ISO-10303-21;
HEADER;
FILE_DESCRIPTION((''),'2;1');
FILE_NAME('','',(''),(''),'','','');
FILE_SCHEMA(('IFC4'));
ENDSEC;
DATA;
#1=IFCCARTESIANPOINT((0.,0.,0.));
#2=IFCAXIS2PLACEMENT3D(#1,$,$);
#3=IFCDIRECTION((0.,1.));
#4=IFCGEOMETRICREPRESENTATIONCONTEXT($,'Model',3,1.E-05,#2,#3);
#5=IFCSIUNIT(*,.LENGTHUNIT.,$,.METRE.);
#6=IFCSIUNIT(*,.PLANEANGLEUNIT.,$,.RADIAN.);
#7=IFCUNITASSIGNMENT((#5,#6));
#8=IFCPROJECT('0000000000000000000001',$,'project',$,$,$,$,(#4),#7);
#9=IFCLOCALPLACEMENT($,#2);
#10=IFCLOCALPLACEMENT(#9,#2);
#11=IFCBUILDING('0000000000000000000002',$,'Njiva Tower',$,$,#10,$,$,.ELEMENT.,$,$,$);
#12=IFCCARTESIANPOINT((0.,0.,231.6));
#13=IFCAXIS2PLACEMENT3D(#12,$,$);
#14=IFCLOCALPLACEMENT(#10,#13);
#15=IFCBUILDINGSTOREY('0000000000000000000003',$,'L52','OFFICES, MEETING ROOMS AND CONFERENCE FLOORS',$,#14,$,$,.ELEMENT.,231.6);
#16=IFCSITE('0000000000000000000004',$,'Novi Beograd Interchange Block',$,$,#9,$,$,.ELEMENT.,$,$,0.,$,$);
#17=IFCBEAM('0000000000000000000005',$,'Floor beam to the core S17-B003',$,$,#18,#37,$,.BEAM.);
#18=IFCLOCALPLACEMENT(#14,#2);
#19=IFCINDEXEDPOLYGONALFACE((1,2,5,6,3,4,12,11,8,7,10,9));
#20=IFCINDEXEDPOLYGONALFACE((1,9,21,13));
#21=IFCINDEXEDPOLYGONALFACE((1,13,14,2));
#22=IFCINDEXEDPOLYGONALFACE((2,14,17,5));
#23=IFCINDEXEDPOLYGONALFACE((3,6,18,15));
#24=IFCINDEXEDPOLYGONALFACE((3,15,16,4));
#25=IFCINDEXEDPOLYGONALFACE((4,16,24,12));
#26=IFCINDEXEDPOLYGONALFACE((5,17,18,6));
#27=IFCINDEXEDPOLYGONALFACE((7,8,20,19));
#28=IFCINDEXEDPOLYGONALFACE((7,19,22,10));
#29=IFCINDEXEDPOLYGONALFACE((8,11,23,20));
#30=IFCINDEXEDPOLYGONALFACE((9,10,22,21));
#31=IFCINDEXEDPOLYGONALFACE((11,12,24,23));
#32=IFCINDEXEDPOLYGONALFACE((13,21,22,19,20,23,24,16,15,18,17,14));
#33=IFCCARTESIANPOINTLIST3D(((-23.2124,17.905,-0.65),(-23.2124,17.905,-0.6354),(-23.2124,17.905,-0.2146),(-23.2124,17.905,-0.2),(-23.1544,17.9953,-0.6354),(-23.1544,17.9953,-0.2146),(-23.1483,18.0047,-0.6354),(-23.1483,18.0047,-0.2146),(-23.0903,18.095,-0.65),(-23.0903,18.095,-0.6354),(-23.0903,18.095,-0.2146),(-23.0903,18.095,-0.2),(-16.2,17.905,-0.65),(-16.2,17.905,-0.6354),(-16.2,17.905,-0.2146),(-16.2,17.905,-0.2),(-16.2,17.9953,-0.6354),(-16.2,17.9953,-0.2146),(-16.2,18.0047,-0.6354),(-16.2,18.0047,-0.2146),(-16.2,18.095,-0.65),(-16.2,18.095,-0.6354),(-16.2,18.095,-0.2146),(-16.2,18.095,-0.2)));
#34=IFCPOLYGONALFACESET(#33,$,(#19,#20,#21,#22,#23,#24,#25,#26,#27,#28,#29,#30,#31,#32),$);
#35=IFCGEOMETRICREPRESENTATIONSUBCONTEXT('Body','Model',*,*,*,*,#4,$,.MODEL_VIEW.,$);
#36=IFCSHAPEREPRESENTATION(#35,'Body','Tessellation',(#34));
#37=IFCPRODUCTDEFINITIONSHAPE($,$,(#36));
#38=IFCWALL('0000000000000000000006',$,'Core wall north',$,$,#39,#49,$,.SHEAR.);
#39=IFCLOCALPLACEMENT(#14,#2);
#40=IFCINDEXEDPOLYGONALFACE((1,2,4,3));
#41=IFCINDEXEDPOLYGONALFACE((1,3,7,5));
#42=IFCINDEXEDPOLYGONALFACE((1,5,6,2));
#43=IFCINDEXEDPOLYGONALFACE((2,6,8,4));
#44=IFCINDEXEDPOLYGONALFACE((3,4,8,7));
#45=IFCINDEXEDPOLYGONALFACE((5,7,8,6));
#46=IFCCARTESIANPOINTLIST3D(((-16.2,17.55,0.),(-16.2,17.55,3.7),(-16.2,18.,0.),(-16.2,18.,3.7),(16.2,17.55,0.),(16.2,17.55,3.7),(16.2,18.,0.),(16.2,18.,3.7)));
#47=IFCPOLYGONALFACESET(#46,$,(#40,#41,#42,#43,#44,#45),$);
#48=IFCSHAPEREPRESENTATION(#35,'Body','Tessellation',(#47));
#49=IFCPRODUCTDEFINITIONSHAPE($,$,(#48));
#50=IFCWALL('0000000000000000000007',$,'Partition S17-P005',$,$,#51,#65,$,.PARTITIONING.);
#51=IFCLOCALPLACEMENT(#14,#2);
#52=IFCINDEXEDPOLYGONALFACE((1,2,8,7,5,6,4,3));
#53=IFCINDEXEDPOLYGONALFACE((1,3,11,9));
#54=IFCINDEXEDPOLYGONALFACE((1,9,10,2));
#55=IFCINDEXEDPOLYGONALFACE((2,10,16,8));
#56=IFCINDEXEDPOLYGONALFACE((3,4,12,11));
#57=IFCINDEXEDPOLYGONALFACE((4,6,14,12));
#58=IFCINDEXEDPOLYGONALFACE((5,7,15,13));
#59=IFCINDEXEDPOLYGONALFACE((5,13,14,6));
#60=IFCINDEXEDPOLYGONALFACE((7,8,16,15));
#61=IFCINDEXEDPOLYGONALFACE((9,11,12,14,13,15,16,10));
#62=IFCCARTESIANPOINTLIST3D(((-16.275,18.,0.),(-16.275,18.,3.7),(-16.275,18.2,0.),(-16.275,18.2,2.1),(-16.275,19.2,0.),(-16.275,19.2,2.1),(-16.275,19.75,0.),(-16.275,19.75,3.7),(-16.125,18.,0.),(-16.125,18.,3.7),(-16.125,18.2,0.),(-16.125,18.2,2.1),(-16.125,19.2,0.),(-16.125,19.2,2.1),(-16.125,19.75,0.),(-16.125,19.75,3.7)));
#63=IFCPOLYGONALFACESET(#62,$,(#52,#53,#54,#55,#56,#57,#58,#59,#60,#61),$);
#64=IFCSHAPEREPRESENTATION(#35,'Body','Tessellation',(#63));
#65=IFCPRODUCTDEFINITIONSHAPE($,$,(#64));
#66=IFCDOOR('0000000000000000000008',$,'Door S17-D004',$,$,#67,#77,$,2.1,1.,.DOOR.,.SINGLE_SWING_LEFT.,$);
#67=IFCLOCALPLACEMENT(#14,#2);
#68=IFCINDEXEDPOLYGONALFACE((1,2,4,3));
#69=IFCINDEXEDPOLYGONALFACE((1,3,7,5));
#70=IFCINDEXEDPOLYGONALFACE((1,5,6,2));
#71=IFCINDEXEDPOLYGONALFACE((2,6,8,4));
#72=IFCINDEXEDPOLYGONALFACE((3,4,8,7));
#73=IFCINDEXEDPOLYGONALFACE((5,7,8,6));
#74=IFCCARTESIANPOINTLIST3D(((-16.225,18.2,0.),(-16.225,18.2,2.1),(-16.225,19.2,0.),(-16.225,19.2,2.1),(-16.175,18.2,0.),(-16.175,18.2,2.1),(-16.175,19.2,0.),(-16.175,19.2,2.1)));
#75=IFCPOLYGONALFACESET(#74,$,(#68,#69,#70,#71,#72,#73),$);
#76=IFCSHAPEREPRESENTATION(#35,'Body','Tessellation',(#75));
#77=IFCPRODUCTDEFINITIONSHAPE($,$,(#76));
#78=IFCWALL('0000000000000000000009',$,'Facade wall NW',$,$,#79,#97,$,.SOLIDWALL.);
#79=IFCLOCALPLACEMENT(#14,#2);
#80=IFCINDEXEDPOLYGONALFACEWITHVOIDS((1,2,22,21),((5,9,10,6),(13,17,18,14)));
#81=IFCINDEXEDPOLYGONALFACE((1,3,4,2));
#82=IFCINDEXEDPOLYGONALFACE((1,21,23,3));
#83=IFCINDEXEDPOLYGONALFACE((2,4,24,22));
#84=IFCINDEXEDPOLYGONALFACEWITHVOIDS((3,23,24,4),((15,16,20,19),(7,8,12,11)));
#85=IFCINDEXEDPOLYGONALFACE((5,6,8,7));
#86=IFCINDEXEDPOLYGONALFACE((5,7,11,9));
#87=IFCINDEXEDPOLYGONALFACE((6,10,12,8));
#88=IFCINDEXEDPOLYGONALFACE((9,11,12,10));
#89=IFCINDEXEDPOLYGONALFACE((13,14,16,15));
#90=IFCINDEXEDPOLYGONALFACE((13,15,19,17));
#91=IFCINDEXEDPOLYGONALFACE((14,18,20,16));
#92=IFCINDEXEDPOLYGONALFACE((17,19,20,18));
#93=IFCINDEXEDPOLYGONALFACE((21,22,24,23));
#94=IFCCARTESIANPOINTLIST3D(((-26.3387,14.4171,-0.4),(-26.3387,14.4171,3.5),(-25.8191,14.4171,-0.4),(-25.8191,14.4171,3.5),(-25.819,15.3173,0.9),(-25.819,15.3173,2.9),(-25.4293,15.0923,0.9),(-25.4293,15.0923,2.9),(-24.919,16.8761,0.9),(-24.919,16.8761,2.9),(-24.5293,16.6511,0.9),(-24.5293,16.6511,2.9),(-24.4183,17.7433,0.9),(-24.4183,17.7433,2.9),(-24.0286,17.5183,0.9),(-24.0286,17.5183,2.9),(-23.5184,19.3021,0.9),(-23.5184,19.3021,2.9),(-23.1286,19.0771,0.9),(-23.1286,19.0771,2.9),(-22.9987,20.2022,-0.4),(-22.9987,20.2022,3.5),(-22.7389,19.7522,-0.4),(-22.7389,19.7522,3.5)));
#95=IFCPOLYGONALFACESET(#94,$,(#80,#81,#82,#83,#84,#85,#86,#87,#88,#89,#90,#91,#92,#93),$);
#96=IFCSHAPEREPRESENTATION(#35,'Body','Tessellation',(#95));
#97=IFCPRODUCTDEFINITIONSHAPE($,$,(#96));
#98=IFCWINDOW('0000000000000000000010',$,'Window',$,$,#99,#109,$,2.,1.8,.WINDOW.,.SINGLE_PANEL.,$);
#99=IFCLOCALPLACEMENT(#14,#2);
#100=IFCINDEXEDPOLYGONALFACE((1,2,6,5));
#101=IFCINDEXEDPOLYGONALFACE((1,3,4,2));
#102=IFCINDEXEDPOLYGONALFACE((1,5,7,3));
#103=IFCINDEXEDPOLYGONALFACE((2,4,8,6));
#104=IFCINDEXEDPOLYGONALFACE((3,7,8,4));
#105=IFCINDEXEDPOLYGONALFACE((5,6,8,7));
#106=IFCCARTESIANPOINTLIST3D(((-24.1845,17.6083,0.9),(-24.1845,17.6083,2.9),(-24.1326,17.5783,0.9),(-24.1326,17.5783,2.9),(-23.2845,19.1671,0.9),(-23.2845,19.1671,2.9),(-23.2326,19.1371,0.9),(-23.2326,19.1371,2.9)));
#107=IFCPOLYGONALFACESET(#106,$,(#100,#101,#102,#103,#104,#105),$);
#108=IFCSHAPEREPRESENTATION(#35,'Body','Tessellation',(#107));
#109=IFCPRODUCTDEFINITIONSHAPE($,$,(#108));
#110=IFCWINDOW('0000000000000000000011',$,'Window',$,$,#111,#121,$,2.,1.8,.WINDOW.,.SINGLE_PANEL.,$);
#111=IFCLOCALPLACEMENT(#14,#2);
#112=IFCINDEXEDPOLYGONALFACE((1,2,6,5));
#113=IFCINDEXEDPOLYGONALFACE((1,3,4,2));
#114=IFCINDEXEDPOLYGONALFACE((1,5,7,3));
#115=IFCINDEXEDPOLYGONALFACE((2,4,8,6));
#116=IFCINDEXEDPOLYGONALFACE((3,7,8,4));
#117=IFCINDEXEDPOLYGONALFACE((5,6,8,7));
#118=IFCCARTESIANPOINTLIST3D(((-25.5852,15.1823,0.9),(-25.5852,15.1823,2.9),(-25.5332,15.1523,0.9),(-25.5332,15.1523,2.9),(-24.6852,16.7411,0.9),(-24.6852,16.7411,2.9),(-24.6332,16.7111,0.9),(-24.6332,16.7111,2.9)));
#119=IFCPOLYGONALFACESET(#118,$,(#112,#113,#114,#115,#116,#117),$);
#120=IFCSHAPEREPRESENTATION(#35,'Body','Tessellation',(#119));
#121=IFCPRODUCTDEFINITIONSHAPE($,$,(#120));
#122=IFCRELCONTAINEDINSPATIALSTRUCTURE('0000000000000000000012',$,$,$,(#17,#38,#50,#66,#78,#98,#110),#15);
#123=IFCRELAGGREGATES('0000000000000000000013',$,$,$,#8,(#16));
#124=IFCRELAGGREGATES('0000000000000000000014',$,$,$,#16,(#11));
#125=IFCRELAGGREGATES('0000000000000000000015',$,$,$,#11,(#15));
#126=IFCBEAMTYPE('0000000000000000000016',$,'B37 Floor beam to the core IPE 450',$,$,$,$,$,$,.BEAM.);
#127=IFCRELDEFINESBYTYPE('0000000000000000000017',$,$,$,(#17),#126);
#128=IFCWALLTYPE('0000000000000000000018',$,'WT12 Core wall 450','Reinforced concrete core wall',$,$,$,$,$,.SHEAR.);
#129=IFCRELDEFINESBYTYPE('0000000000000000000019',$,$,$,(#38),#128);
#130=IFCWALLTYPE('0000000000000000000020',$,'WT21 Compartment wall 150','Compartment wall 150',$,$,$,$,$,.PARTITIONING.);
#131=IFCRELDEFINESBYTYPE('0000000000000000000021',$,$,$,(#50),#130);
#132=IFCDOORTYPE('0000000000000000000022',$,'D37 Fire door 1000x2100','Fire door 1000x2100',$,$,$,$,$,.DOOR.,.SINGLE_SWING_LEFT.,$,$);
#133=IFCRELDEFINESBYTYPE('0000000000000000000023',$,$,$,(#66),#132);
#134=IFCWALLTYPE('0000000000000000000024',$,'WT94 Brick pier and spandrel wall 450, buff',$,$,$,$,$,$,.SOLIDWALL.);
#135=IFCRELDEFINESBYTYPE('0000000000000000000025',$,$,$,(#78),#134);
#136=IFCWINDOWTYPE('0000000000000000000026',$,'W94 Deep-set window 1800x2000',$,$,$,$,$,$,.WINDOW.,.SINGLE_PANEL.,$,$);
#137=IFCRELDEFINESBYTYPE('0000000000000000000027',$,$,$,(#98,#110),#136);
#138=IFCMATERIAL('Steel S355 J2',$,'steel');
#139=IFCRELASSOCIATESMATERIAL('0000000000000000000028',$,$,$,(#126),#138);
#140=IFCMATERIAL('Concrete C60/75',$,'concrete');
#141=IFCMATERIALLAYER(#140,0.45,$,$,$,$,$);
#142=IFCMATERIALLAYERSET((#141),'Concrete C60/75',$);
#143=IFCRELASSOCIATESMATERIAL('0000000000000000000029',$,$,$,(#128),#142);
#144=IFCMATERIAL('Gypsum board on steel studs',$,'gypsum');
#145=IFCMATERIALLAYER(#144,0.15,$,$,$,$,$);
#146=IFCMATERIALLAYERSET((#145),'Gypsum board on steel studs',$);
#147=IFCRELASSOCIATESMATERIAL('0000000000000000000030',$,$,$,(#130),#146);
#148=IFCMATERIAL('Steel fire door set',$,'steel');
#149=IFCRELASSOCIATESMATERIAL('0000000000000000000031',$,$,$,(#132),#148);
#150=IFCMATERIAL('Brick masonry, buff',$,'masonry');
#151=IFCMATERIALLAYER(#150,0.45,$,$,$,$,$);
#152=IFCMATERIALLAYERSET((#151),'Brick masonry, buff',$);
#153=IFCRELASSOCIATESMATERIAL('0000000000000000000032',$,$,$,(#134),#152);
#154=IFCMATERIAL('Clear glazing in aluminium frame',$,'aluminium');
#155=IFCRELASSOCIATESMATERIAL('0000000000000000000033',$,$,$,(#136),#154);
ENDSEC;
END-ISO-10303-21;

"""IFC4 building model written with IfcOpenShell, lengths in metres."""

from ifc_helpers import new_model, si_unit, direction, frame, frame_2d, origin, origin_2d, place, context, subcontext, project, spatial, polyline, rectangle, i_section, outline, extrude, clip, halfspace, material, layer, layer_set, material_profile, profile_set, type_object, element, fill, save


model = new_model("IFC4")

# Units and contexts
model_context = context("Model", 3, precision=1e-05, world=origin(), true_north=direction((0.0, 1.0)))
body_context = subcontext(model_context, "Body", "Model", "MODEL_VIEW")
ifc_project = project(units=[si_unit("LENGTHUNIT", "METRE"), si_unit("PLANEANGLEUNIT", "RADIAN")], contexts=[model_context])

# Site, building, storey
site_placement = place(None, origin())
site = spatial("IfcSite", under=ifc_project, at=site_placement, Name="Novi Beograd Interchange Block", CompositionType="ELEMENT", RefElevation=0.0)
building_placement = place(site_placement, origin())
building = spatial("IfcBuilding", under=site, at=building_placement, Name="Njiva Tower", CompositionType="ELEMENT")
storey_placement = place(building_placement, frame((0.0, 0.0, 231.6)))
storey = spatial("IfcBuildingStorey", under=building, at=storey_placement, Name="L52", Description="OFFICES, MEETING ROOMS AND CONFERENCE FLOORS", CompositionType="ELEMENT", Elevation=231.6)

# Shared definitions
ifc_material_1 = material(Name="Steel S355 J2", Category="steel")

# Beam
ifc_material_profile_1 = material_profile(ifc_material_1, i_section(OverallWidth=0.19, OverallDepth=0.45, WebThickness=0.0094, FlangeThickness=0.0146, at=origin_2d()), Name="IPE 450")
ifc_profile_set_1 = profile_set([ifc_material_profile_1], Name="Steel S355 J2")
beam_type_1 = type_object("IfcBeamType", Name="B37 Floor beam to the core IPE 450", PredefinedType="BEAM", material=ifc_profile_set_1)
beam_1_placement = place(storey_placement, frame((-23.232, 18.0, -0.425), z_axis=(1.0, 0.0, 0.0), x_axis=(0.0, 1.0, 0.0)))
element("IfcBeam", 1, at=beam_1_placement, inside=storey, type_object=beam_type_1, Name="Floor beam to the core S17-B003", PredefinedType="BEAM", context=body_context, shape_type="Clipping", body=[
    clip(extrude(i_section(OverallWidth=0.19, OverallDepth=0.45, WebThickness=0.0094, FlangeThickness=0.0146, at=origin_2d()), origin(), (0.0, 0.0, 1.0), 7.032), halfspace(frame((0.027, 0.0, 0.098), z_axis=(0.540539, 0.0, -0.841319), x_axis=(0.0, -1.0, 0.0)), False)),
])

# Wall
ifc_material_2 = material(Name="Concrete C60/75", Category="concrete")
ifc_layer_1 = layer(ifc_material_2, 0.45)
ifc_layer_set_1 = layer_set([ifc_layer_1], Name="Concrete C60/75")
wall_type_1 = type_object("IfcWallType", Name="WT12 Core wall 450", Description="Reinforced concrete core wall", PredefinedType="SHEAR", material=ifc_layer_set_1)
wall_1_placement = place(storey_placement, frame((-16.2, 17.775, 0.0), z_axis=(0.0, 0.0, 1.0), x_axis=(1.0, 0.0, 0.0)))
element("IfcWall", 2, at=wall_1_placement, inside=storey, type_object=wall_type_1, Name="Core wall north", PredefinedType="SHEAR", context=body_context, shape_type="SweptSolid", body=[
    extrude(rectangle(XDim=32.4, YDim=0.45, at=frame_2d((16.2, 0.0))), origin(), (0.0, 0.0, 1.0), 3.7),
])

# Wall, opening, door
ifc_material_3 = material(Name="Gypsum board on steel studs", Category="gypsum")
ifc_layer_2 = layer(ifc_material_3, 0.15)
ifc_layer_set_2 = layer_set([ifc_layer_2], Name="Gypsum board on steel studs")
wall_type_2 = type_object("IfcWallType", Name="WT21 Compartment wall 150", Description="Compartment wall 150", PredefinedType="PARTITIONING", material=ifc_layer_set_2)
wall_2_placement = place(storey_placement, frame((-16.2, 18.0, 0.0), z_axis=(0.0, 0.0, 1.0), x_axis=(0.0, 1.0, 0.0)))
wall_2 = element("IfcWall", 3, at=wall_2_placement, inside=storey, type_object=wall_type_2, Name="Partition S17-P005", PredefinedType="PARTITIONING", context=body_context, shape_type="SweptSolid", body=[
    extrude(rectangle(XDim=1.75, YDim=0.15, at=frame_2d((0.875, 0.0))), origin(), (0.0, 0.0, 1.0), 3.7),
])
opening_1_placement = place(wall_2_placement, frame((0.2, 0.0, 0.0)))
opening_1 = element("IfcOpeningElement", 4, at=opening_1_placement, cuts=wall_2, PredefinedType="OPENING", context=body_context, shape_type="SweptSolid", body=[
    extrude(rectangle(XDim=1.0, YDim=2.1, at=frame_2d((0.5, 1.05))), frame((0.0, 0.085, 0.0), z_axis=(0.0, -1.0, 0.0), x_axis=(1.0, 0.0, 0.0)), (0.0, 0.0, 1.0), 0.17),
])
ifc_material_4 = material(Name="Steel fire door set", Category="steel")
door_type = type_object("IfcDoorType", Name="D37 Fire door 1000x2100", Description="Fire door 1000x2100", OperationType="SINGLE_SWING_LEFT", PredefinedType="DOOR", material=ifc_material_4)
door_placement = place(opening_1_placement, origin())
door = element("IfcDoor", 5, at=door_placement, inside=storey, type_object=door_type, Name="Door S17-D004", OperationType="SINGLE_SWING_LEFT", OverallHeight=2.1, OverallWidth=1.0, PredefinedType="DOOR", context=body_context, shape_type="SweptSolid", body=[
    extrude(rectangle(XDim=1.0, YDim=2.1, at=frame_2d((0.5, 1.05))), frame((0.0, 0.025, 0.0), z_axis=(0.0, -1.0, 0.0), x_axis=(1.0, 0.0, 0.0)), (0.0, 0.0, 1.0), 0.05),
])
fill(opening_1, door)

# Wall, openings, windows
ifc_material_5 = material(Name="Clear glazing in aluminium frame", Category="aluminium")
ifc_material_6 = material(Name="Brick masonry, buff", Category="masonry")
ifc_layer_3 = layer(ifc_material_6, 0.45)
ifc_layer_set_3 = layer_set([ifc_layer_3], Name="Brick masonry, buff")
wall_type_3 = type_object("IfcWallType", Name="WT94 Brick pier and spandrel wall 450, buff", PredefinedType="SOLIDWALL", material=ifc_layer_set_3)
wall_3_placement = place(storey_placement, frame((-22.8688, 19.9772, -0.4), z_axis=(0.0, 0.0, 1.0), x_axis=(-0.499997, -0.866027, 0.0)))
wall_3 = element("IfcWall", 6, at=wall_3_placement, inside=storey, type_object=wall_type_3, Name="Facade wall NW", PredefinedType="SOLIDWALL", context=body_context, shape_type="SweptSolid", body=[
    extrude(outline(polyline([(-0.1299, -0.225), (6.5501, -0.225), (6.2903, 0.225), (0.1299, 0.225), (-0.1299, -0.225)])), origin(), (0.0, 0.0, 1.0), 3.9),
])
opening_2_placement = place(wall_3_placement, frame((0.9094, 0.0, 1.3)))
opening_2 = element("IfcOpeningElement", 7, at=opening_2_placement, cuts=wall_3, PredefinedType="OPENING", context=body_context, shape_type="SweptSolid", body=[
    extrude(rectangle(XDim=1.8, YDim=2.0, at=frame_2d((0.9, 1.0))), frame((0.0, 0.235, 0.0), z_axis=(0.0, -1.0, 0.0), x_axis=(1.0, 0.0, 0.0)), (0.0, 0.0, 1.0), 0.47),
])
opening_3_placement = place(wall_3_placement, frame((3.7107, 0.0, 1.3)))
opening_3 = element("IfcOpeningElement", 8, at=opening_3_placement, cuts=wall_3, PredefinedType="OPENING", context=body_context, shape_type="SweptSolid", body=[
    extrude(rectangle(XDim=1.8, YDim=2.0, at=frame_2d((0.9, 1.0))), frame((0.0, 0.235, 0.0), z_axis=(0.0, -1.0, 0.0), x_axis=(1.0, 0.0, 0.0)), (0.0, 0.0, 1.0), 0.47),
])
window_type_1 = type_object("IfcWindowType", Name="W94 Deep-set window 1800x2000", PartitioningType="SINGLE_PANEL", PredefinedType="WINDOW", material=ifc_material_5)
window_1_placement = place(opening_2_placement, origin())
window_1 = element("IfcWindow", 9, at=window_1_placement, inside=storey, type_object=window_type_1, Name="Window", OverallHeight=2.0, OverallWidth=1.8, PartitioningType="SINGLE_PANEL", PredefinedType="WINDOW", context=body_context, shape_type="SweptSolid", body=[
    extrude(rectangle(XDim=1.8, YDim=2.0, at=frame_2d((0.9, 1.0))), frame((0.0, 0.105, 0.0), z_axis=(0.0, -1.0, 0.0), x_axis=(1.0, 0.0, 0.0)), (0.0, 0.0, 1.0), 0.06),
])
fill(opening_2, window_1)
window_2_placement = place(opening_3_placement, origin())
window_2 = element("IfcWindow", 10, at=window_2_placement, inside=storey, type_object=window_type_1, Name="Window", OverallHeight=2.0, OverallWidth=1.8, PartitioningType="SINGLE_PANEL", PredefinedType="WINDOW", context=body_context, shape_type="SweptSolid", body=[
    extrude(rectangle(XDim=1.8, YDim=2.0, at=frame_2d((0.9, 1.0))), frame((0.0, 0.105, 0.0), z_axis=(0.0, -1.0, 0.0), x_axis=(1.0, 0.0, 0.0)), (0.0, 0.0, 1.0), 0.06),
])
fill(opening_3, window_2)

save(model, "model.ifc")
